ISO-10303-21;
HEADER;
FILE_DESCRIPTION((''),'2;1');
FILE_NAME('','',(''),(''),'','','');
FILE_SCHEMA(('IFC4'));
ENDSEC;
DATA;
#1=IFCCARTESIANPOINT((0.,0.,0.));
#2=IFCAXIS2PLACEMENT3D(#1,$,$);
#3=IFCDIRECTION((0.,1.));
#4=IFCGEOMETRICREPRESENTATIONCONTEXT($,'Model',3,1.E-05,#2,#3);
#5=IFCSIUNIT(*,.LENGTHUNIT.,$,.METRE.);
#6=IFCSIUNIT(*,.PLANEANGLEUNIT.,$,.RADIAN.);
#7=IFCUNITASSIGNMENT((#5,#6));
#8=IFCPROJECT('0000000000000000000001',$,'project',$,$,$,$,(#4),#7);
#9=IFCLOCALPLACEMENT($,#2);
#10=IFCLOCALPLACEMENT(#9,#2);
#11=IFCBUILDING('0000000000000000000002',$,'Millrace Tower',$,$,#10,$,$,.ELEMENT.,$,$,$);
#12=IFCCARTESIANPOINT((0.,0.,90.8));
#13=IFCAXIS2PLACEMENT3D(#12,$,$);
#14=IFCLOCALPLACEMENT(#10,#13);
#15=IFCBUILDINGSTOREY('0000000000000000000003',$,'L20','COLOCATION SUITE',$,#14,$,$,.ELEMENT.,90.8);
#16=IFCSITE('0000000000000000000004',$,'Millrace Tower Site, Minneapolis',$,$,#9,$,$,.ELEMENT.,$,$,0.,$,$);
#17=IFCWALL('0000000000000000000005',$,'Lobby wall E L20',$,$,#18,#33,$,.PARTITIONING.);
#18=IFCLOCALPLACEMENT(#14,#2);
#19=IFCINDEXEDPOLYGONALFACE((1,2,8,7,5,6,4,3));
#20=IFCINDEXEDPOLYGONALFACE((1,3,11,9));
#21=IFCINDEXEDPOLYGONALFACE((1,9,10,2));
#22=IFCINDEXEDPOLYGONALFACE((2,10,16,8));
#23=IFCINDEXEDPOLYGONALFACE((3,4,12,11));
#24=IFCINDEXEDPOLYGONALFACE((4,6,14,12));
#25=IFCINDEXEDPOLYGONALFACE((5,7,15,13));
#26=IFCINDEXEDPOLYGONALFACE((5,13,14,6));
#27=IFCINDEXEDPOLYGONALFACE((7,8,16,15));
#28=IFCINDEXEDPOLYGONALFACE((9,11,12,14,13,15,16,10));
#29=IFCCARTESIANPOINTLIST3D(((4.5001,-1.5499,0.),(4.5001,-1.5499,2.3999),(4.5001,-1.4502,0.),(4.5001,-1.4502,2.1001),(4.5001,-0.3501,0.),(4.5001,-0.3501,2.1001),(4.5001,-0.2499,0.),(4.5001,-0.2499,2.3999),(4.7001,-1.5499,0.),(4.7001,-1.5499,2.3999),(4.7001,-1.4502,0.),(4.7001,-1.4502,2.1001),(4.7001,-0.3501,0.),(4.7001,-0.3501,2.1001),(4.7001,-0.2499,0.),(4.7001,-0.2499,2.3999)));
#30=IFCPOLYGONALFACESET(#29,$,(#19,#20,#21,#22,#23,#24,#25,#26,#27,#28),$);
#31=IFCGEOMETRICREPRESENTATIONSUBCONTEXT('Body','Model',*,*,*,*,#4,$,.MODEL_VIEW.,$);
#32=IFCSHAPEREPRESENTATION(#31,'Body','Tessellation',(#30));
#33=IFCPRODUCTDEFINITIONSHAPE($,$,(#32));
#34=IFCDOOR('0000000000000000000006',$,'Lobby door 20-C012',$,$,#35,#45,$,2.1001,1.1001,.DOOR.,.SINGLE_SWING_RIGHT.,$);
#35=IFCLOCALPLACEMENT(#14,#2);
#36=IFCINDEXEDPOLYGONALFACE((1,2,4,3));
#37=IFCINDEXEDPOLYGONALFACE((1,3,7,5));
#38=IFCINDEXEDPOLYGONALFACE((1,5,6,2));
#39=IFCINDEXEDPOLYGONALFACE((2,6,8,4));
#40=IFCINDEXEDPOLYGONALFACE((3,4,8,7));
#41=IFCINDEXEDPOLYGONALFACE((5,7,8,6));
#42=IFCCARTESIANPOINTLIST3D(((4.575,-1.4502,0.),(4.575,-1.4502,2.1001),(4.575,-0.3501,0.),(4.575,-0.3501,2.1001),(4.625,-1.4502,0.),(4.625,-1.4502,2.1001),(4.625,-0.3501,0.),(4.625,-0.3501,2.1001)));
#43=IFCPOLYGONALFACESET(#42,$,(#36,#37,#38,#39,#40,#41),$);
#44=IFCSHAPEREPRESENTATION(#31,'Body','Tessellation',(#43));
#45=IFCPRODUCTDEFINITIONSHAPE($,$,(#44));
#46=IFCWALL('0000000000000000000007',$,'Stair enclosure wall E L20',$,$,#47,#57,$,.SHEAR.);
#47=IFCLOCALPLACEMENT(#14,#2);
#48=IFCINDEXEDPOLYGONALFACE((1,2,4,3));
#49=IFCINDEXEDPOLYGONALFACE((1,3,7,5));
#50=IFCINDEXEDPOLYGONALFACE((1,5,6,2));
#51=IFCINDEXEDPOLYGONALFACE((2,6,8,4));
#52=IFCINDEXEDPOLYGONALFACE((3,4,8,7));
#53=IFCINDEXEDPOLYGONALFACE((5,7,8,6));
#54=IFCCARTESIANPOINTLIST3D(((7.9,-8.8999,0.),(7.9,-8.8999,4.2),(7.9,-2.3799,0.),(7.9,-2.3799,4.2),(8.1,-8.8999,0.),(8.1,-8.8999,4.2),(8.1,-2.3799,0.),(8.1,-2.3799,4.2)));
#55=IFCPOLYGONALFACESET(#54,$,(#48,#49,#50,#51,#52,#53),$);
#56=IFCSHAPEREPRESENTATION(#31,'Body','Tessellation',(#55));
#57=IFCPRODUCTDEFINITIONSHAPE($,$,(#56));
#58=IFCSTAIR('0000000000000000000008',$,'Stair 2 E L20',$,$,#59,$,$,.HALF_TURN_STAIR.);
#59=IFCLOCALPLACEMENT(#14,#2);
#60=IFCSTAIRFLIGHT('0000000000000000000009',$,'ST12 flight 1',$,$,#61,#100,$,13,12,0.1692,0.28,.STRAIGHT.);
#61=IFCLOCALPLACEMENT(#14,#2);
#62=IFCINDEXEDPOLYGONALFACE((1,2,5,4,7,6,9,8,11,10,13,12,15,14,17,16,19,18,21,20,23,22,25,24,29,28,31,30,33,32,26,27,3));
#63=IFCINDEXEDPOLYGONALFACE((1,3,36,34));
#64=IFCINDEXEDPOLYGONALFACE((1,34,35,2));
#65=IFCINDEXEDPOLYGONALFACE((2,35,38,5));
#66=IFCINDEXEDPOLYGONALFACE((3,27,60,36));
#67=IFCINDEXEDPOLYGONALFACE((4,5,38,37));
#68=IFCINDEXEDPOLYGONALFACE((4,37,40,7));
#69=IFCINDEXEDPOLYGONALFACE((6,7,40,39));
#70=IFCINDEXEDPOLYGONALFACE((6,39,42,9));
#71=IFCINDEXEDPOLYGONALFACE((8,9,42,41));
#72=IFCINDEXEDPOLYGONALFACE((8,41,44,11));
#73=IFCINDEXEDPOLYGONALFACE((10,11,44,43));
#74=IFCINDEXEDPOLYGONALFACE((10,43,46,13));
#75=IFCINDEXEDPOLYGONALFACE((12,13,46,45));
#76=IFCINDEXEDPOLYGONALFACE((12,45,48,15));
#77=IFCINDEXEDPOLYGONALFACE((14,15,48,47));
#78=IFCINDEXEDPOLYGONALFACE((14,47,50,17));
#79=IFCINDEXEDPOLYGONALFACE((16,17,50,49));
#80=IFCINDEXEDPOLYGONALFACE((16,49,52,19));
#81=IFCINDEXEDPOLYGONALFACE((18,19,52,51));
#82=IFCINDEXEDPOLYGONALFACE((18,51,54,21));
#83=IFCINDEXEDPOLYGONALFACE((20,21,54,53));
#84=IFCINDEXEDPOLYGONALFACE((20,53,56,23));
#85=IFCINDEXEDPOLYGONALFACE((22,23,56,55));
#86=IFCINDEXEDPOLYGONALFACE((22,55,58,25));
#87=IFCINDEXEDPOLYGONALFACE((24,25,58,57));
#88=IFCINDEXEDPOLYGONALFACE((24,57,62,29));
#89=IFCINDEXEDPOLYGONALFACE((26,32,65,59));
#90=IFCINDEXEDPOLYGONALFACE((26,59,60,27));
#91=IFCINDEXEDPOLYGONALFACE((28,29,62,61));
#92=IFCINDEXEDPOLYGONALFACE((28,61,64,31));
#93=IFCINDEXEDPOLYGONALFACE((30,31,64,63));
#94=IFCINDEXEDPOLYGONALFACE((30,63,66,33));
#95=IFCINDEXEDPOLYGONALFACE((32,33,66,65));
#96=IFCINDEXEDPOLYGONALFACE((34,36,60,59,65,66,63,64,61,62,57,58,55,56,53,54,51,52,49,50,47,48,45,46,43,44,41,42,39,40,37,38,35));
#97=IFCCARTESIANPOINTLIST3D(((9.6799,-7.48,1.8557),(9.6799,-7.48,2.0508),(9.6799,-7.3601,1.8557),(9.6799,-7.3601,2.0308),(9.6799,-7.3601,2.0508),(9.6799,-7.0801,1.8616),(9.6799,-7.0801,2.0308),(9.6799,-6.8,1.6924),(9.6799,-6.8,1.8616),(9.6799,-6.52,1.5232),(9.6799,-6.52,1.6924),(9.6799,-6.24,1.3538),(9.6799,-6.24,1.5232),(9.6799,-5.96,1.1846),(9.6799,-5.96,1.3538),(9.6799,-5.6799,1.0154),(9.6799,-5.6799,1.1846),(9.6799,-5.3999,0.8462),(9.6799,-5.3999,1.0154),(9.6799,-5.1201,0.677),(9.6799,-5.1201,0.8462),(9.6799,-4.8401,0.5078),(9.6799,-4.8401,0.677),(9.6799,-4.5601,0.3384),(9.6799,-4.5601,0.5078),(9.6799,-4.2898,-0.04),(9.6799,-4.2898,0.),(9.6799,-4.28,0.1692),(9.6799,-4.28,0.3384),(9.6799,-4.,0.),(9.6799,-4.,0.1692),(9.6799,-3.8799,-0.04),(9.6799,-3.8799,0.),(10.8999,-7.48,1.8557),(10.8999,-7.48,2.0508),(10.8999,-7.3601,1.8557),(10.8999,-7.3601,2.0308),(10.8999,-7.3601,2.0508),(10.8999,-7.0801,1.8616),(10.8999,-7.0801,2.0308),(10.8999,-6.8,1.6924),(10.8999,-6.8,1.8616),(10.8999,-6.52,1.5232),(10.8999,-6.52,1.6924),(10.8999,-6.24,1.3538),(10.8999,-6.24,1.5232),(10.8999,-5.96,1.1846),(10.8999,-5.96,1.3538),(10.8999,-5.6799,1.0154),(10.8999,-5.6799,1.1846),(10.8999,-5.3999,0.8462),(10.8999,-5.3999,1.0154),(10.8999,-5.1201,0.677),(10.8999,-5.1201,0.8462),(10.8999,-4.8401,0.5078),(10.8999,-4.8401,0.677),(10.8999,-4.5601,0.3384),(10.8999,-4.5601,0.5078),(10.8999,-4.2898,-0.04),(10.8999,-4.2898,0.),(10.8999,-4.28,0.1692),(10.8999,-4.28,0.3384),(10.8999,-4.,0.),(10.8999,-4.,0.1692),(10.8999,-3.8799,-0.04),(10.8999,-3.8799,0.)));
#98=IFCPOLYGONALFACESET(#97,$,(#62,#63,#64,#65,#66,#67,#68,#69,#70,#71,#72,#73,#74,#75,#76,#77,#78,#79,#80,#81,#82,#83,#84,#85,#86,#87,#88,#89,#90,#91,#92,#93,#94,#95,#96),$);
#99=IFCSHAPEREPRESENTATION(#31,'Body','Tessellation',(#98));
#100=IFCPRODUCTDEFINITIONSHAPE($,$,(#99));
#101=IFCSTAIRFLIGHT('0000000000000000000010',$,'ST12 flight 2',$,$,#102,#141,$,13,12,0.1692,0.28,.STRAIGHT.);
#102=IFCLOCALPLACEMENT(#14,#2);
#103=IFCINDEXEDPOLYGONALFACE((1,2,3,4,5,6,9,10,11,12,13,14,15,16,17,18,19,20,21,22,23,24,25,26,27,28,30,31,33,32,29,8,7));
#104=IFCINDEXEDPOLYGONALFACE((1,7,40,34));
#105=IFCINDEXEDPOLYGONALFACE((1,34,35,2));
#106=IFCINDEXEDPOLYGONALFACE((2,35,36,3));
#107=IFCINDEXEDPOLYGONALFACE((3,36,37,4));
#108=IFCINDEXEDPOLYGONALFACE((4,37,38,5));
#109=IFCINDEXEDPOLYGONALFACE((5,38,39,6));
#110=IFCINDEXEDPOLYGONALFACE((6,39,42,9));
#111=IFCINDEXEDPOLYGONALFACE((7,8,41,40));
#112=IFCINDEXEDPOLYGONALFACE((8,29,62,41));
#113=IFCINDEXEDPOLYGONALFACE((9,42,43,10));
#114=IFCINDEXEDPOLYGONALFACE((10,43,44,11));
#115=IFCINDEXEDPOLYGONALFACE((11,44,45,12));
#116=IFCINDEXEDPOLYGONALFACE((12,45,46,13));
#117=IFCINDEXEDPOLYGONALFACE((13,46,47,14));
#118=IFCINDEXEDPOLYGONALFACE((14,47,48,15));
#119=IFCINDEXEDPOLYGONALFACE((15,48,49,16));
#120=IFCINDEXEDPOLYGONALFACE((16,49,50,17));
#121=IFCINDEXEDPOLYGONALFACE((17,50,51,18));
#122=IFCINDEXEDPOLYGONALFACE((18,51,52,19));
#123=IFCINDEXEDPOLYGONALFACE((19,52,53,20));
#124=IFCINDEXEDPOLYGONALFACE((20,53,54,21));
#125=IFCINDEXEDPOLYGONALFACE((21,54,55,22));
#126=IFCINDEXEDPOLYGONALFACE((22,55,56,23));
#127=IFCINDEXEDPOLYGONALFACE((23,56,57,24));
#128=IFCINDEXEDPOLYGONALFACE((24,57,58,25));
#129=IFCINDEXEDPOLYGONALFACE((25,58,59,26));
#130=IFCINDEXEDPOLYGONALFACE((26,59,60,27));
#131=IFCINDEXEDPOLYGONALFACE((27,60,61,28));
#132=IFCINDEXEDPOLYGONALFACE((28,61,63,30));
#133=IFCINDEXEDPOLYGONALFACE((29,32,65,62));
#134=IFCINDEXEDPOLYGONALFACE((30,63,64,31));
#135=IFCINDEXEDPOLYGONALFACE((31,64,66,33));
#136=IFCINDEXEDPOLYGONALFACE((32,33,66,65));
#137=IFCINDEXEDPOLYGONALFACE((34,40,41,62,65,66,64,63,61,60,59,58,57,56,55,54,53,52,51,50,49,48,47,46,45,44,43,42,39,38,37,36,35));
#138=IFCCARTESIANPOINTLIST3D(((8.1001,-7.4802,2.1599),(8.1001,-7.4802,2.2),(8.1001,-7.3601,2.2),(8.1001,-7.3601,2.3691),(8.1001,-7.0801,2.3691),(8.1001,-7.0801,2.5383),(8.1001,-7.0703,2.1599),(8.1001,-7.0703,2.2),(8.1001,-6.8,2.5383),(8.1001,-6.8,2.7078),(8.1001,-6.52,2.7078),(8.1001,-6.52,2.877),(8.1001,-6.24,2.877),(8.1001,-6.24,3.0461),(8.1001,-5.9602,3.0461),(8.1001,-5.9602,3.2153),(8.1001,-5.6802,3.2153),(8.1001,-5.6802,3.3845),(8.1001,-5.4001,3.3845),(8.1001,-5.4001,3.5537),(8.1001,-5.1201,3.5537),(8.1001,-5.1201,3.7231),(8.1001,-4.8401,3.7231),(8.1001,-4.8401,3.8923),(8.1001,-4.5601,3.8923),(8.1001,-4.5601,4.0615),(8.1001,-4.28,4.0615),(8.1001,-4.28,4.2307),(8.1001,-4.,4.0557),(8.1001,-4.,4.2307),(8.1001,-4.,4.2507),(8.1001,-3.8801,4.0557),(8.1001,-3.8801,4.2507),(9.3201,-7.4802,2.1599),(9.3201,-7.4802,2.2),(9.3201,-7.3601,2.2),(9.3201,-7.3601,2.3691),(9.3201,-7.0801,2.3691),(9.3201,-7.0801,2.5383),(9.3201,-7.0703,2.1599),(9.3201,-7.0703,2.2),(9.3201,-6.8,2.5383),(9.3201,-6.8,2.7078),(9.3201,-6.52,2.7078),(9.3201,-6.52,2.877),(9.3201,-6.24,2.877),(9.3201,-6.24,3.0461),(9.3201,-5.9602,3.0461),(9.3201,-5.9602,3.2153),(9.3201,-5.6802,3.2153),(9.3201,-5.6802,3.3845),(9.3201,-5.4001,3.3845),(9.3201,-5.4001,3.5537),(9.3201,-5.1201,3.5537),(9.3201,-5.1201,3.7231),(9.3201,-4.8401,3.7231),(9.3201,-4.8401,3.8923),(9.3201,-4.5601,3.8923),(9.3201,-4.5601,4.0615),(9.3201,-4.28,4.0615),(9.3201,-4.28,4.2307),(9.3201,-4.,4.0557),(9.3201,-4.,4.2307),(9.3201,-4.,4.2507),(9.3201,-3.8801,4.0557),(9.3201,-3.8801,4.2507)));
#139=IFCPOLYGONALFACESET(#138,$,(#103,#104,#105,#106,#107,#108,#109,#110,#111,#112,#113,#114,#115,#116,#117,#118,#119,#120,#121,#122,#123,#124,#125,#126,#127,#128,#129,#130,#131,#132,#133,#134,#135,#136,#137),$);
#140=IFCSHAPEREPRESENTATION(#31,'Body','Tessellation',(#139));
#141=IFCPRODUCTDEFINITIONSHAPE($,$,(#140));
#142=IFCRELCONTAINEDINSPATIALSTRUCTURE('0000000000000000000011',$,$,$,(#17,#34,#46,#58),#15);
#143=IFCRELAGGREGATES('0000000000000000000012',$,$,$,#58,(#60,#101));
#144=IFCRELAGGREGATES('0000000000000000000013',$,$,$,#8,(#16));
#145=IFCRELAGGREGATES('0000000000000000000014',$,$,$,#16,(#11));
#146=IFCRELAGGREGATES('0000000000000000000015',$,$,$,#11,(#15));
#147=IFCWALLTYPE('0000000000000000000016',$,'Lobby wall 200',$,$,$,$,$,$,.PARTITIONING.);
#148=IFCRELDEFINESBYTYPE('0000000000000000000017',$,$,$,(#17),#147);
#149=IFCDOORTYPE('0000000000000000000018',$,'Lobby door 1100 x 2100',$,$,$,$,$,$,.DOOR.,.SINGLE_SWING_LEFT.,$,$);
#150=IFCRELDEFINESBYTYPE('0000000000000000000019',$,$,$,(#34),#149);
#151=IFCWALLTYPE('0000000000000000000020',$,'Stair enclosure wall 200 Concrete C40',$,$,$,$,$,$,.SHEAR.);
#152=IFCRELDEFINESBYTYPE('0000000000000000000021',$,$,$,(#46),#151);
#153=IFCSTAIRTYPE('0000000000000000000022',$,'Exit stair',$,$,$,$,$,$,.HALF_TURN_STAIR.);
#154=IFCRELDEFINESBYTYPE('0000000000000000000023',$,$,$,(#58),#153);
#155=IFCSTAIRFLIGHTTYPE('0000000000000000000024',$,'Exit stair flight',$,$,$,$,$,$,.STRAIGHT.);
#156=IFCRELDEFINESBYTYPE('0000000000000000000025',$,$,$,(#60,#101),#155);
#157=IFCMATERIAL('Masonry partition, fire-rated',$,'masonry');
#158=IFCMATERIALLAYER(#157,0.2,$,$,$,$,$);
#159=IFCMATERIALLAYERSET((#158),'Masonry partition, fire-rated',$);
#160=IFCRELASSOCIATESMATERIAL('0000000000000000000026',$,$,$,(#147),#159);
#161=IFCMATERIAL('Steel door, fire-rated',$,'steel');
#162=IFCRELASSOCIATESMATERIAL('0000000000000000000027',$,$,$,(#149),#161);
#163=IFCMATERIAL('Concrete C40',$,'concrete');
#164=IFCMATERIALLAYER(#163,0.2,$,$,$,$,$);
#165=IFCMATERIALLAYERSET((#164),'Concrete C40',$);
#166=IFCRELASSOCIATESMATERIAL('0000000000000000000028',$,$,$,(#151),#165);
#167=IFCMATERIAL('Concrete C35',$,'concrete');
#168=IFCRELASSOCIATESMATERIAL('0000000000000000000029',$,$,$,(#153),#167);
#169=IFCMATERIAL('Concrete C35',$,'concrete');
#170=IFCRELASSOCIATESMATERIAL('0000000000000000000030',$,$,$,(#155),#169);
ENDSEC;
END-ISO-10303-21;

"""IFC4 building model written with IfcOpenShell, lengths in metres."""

from ifc_helpers import new_model, si_unit, direction, frame, frame_2d, origin, place, context, subcontext, project, spatial, polyline, rectangle, outline, extrude, material, layer, layer_set, type_object, element, fill, aggregate, save


model = new_model("IFC4")

# Units and contexts
model_context = context("Model", 3, precision=1e-05, world=origin(), true_north=direction((0.0, 1.0)))
body_context = subcontext(model_context, "Body", "Model", "MODEL_VIEW")
ifc_project = project(units=[si_unit("LENGTHUNIT", "METRE"), si_unit("PLANEANGLEUNIT", "RADIAN")], contexts=[model_context])

# Site, building, storey
site_placement = place(None, origin())
site = spatial("IfcSite", under=ifc_project, at=site_placement, Name="Millrace Tower Site, Minneapolis", CompositionType="ELEMENT", RefElevation=0.0)
building_placement = place(site_placement, origin())
building = spatial("IfcBuilding", under=site, at=building_placement, Name="Millrace Tower", CompositionType="ELEMENT")
storey_placement = place(building_placement, frame((0.0, 0.0, 90.8)))
storey = spatial("IfcBuildingStorey", under=building, at=storey_placement, Name="L20", Description="COLOCATION SUITE", CompositionType="ELEMENT", Elevation=90.8)

# Shared definitions
placement_1 = place(storey_placement, origin())

# Wall, opening, door
ifc_material_1 = material(Name="Masonry partition, fire-rated", Category="masonry")
ifc_layer_1 = layer(ifc_material_1, 0.2)
ifc_layer_set_1 = layer_set([ifc_layer_1], Name="Masonry partition, fire-rated")
wall_type_1 = type_object("IfcWallType", Name="Lobby wall 200", PredefinedType="PARTITIONING", material=ifc_layer_set_1)
wall_1_placement = place(storey_placement, frame((4.6001, -0.25, 0.0), z_axis=(0.0, 0.0, 1.0), x_axis=(0.0, -1.0, 0.0)))
wall_1 = element("IfcWall", 1, at=wall_1_placement, inside=storey, type_object=wall_type_1, Name="Lobby wall E L20", PredefinedType="PARTITIONING", context=body_context, shape_type="SweptSolid", body=[
    extrude(rectangle(XDim=1.3, YDim=0.2, at=frame_2d((0.6499, 0.0))), origin(), (0.0, 0.0, 1.0), 2.3999),
])
opening_1_placement = place(wall_1_placement, frame((0.1001, 0.0, 0.0)))
opening_1 = element("IfcOpeningElement", 2, at=opening_1_placement, cuts=wall_1, PredefinedType="OPENING", context=body_context, shape_type="SweptSolid", body=[
    extrude(rectangle(XDim=1.1001, YDim=2.1001, at=frame_2d((0.55, 1.05))), frame((0.0, 0.1099, 0.0), z_axis=(0.0, -1.0, 0.0), x_axis=(1.0, 0.0, 0.0)), (0.0, 0.0, 1.0), 0.22),
])
ifc_material_2 = material(Name="Steel door, fire-rated", Category="steel")
door_type_1 = type_object("IfcDoorType", Name="Lobby door 1100 x 2100", OperationType="SINGLE_SWING_LEFT", PredefinedType="DOOR", material=ifc_material_2)
door_1_placement = place(opening_1_placement, origin())
door_1 = element("IfcDoor", 3, at=door_1_placement, inside=storey, type_object=door_type_1, Name="Lobby door 20-C012", OperationType="SINGLE_SWING_RIGHT", OverallHeight=2.1001, OverallWidth=1.1001, PredefinedType="DOOR", context=body_context, shape_type="SweptSolid", body=[
    extrude(rectangle(XDim=1.1001, YDim=2.1001, at=frame_2d((0.55, 1.05))), frame((0.0, 0.0249, 0.0), z_axis=(0.0, -1.0, 0.0), x_axis=(1.0, 0.0, 0.0)), (0.0, 0.0, 1.0), 0.05),
])
fill(opening_1, door_1)

# Wall
ifc_material_3 = material(Name="Concrete C40", Category="concrete")
ifc_layer_2 = layer(ifc_material_3, 0.2)
ifc_layer_set_2 = layer_set([ifc_layer_2], Name="Concrete C40")
wall_type_2 = type_object("IfcWallType", Name="Stair enclosure wall 200 Concrete C40", PredefinedType="SHEAR", material=ifc_layer_set_2)
wall_2_placement = place(storey_placement, frame((8.0, -2.3799, 0.0), z_axis=(0.0, 0.0, 1.0), x_axis=(0.0, -1.0, 0.0)))
element("IfcWall", 4, at=wall_2_placement, inside=storey, type_object=wall_type_2, Name="Stair enclosure wall E L20", PredefinedType="SHEAR", context=body_context, shape_type="SweptSolid", body=[
    extrude(rectangle(XDim=6.52, YDim=0.2, at=frame_2d((3.26, 0.0))), origin(), (0.0, 0.0, 1.0), 4.2),
])

# Stair, stair flights
ifc_material_4 = material(Name="Concrete C35", Category="concrete")
stair_type = type_object("IfcStairType", Name="Exit stair", PredefinedType="HALF_TURN_STAIR", material=ifc_material_4)
stair_1 = element("IfcStair", 5, at=placement_1, inside=storey, type_object=stair_type, Name="Stair 2 E L20", PredefinedType="HALF_TURN_STAIR")
ifc_material_5 = material(Name="Concrete C35", Category="concrete")
stair_flight_type = type_object("IfcStairFlightType", Name="Exit stair flight", PredefinedType="STRAIGHT", material=ifc_material_5)
stair_flight_1_placement = place(storey_placement, frame((10.29, -4.0, 0.0), z_axis=(0.0, 0.0, 1.0), x_axis=(0.0, -1.0, 0.0)))
stair_flight_1 = element("IfcStairFlight", 6, at=stair_flight_1_placement, type_object=stair_flight_type, Name="ST12 flight 1", NumberOfRisers=13, NumberOfTreads=12, PredefinedType="STRAIGHT", RiserHeight=0.1692, TreadLength=0.28, context=body_context, shape_type="SweptSolid", body=[
    extrude(outline(polyline([(-0.1201, -0.04), (-0.1201, 0.0), (0.0, 0.0), (0.0, 0.1692), (0.28, 0.1692), (0.28, 0.3384), (0.5601, 0.3384), (0.5601, 0.5078), (0.8401, 0.5078), (0.8401, 0.677), (1.1201, 0.677), (1.1201, 0.8462), (1.3999, 0.8462), (1.3999, 1.0154), (1.6799, 1.0154), (1.6799, 1.1846), (1.96, 1.1846), (1.96, 1.3538), (2.24, 1.3538), (2.24, 1.5232), (2.52, 1.5232), (2.52, 1.6924), (2.8, 1.6924), (2.8, 1.8616), (3.0801, 1.8616), (3.0801, 2.0308), (3.3601, 2.0308), (3.3601, 2.0508), (3.48, 2.0508), (3.48, 1.8557), (3.3601, 1.8557), (0.2898, 0.0), (0.2898, -0.04), (-0.1201, -0.04)])), frame((0.0, 0.6099, 0.0), z_axis=(0.0, -1.0, 0.0), x_axis=(1.0, 0.0, 0.0)), (0.0, 0.0, 1.0), 1.22),
])
stair_flight_2_placement = place(storey_placement, frame((8.71, -7.3601, 2.2), z_axis=(0.0, 0.0, 1.0), x_axis=(0.0, 1.0, 0.0)))
stair_flight_2 = element("IfcStairFlight", 7, at=stair_flight_2_placement, type_object=stair_flight_type, Name="ST12 flight 2", NumberOfRisers=13, NumberOfTreads=12, PredefinedType="STRAIGHT", RiserHeight=0.1692, TreadLength=0.28, context=body_context, shape_type="SweptSolid", body=[
    extrude(outline(polyline([(-0.1201, -0.04), (-0.1201, 0.0), (0.0, 0.0), (0.0, 0.1692), (0.28, 0.1692), (0.28, 0.3384), (0.5601, 0.3384), (0.5601, 0.5078), (0.8401, 0.5078), (0.8401, 0.677), (1.1201, 0.677), (1.1201, 0.8462), (1.3999, 0.8462), (1.3999, 1.0154), (1.6799, 1.0154), (1.6799, 1.1846), (1.96, 1.1846), (1.96, 1.3538), (2.24, 1.3538), (2.24, 1.5232), (2.52, 1.5232), (2.52, 1.6924), (2.8, 1.6924), (2.8, 1.8616), (3.0801, 1.8616), (3.0801, 2.0308), (3.3601, 2.0308), (3.3601, 2.0508), (3.48, 2.0508), (3.48, 1.8557), (3.3601, 1.8557), (0.2898, 0.0), (0.2898, -0.04), (-0.1201, -0.04)])), frame((0.0, 0.6099, 0.0), z_axis=(0.0, -1.0, 0.0), x_axis=(1.0, 0.0, 0.0)), (0.0, 0.0, 1.0), 1.22),
])
aggregate(stair_1, [stair_flight_1, stair_flight_2])

save(model, "model.ifc")
